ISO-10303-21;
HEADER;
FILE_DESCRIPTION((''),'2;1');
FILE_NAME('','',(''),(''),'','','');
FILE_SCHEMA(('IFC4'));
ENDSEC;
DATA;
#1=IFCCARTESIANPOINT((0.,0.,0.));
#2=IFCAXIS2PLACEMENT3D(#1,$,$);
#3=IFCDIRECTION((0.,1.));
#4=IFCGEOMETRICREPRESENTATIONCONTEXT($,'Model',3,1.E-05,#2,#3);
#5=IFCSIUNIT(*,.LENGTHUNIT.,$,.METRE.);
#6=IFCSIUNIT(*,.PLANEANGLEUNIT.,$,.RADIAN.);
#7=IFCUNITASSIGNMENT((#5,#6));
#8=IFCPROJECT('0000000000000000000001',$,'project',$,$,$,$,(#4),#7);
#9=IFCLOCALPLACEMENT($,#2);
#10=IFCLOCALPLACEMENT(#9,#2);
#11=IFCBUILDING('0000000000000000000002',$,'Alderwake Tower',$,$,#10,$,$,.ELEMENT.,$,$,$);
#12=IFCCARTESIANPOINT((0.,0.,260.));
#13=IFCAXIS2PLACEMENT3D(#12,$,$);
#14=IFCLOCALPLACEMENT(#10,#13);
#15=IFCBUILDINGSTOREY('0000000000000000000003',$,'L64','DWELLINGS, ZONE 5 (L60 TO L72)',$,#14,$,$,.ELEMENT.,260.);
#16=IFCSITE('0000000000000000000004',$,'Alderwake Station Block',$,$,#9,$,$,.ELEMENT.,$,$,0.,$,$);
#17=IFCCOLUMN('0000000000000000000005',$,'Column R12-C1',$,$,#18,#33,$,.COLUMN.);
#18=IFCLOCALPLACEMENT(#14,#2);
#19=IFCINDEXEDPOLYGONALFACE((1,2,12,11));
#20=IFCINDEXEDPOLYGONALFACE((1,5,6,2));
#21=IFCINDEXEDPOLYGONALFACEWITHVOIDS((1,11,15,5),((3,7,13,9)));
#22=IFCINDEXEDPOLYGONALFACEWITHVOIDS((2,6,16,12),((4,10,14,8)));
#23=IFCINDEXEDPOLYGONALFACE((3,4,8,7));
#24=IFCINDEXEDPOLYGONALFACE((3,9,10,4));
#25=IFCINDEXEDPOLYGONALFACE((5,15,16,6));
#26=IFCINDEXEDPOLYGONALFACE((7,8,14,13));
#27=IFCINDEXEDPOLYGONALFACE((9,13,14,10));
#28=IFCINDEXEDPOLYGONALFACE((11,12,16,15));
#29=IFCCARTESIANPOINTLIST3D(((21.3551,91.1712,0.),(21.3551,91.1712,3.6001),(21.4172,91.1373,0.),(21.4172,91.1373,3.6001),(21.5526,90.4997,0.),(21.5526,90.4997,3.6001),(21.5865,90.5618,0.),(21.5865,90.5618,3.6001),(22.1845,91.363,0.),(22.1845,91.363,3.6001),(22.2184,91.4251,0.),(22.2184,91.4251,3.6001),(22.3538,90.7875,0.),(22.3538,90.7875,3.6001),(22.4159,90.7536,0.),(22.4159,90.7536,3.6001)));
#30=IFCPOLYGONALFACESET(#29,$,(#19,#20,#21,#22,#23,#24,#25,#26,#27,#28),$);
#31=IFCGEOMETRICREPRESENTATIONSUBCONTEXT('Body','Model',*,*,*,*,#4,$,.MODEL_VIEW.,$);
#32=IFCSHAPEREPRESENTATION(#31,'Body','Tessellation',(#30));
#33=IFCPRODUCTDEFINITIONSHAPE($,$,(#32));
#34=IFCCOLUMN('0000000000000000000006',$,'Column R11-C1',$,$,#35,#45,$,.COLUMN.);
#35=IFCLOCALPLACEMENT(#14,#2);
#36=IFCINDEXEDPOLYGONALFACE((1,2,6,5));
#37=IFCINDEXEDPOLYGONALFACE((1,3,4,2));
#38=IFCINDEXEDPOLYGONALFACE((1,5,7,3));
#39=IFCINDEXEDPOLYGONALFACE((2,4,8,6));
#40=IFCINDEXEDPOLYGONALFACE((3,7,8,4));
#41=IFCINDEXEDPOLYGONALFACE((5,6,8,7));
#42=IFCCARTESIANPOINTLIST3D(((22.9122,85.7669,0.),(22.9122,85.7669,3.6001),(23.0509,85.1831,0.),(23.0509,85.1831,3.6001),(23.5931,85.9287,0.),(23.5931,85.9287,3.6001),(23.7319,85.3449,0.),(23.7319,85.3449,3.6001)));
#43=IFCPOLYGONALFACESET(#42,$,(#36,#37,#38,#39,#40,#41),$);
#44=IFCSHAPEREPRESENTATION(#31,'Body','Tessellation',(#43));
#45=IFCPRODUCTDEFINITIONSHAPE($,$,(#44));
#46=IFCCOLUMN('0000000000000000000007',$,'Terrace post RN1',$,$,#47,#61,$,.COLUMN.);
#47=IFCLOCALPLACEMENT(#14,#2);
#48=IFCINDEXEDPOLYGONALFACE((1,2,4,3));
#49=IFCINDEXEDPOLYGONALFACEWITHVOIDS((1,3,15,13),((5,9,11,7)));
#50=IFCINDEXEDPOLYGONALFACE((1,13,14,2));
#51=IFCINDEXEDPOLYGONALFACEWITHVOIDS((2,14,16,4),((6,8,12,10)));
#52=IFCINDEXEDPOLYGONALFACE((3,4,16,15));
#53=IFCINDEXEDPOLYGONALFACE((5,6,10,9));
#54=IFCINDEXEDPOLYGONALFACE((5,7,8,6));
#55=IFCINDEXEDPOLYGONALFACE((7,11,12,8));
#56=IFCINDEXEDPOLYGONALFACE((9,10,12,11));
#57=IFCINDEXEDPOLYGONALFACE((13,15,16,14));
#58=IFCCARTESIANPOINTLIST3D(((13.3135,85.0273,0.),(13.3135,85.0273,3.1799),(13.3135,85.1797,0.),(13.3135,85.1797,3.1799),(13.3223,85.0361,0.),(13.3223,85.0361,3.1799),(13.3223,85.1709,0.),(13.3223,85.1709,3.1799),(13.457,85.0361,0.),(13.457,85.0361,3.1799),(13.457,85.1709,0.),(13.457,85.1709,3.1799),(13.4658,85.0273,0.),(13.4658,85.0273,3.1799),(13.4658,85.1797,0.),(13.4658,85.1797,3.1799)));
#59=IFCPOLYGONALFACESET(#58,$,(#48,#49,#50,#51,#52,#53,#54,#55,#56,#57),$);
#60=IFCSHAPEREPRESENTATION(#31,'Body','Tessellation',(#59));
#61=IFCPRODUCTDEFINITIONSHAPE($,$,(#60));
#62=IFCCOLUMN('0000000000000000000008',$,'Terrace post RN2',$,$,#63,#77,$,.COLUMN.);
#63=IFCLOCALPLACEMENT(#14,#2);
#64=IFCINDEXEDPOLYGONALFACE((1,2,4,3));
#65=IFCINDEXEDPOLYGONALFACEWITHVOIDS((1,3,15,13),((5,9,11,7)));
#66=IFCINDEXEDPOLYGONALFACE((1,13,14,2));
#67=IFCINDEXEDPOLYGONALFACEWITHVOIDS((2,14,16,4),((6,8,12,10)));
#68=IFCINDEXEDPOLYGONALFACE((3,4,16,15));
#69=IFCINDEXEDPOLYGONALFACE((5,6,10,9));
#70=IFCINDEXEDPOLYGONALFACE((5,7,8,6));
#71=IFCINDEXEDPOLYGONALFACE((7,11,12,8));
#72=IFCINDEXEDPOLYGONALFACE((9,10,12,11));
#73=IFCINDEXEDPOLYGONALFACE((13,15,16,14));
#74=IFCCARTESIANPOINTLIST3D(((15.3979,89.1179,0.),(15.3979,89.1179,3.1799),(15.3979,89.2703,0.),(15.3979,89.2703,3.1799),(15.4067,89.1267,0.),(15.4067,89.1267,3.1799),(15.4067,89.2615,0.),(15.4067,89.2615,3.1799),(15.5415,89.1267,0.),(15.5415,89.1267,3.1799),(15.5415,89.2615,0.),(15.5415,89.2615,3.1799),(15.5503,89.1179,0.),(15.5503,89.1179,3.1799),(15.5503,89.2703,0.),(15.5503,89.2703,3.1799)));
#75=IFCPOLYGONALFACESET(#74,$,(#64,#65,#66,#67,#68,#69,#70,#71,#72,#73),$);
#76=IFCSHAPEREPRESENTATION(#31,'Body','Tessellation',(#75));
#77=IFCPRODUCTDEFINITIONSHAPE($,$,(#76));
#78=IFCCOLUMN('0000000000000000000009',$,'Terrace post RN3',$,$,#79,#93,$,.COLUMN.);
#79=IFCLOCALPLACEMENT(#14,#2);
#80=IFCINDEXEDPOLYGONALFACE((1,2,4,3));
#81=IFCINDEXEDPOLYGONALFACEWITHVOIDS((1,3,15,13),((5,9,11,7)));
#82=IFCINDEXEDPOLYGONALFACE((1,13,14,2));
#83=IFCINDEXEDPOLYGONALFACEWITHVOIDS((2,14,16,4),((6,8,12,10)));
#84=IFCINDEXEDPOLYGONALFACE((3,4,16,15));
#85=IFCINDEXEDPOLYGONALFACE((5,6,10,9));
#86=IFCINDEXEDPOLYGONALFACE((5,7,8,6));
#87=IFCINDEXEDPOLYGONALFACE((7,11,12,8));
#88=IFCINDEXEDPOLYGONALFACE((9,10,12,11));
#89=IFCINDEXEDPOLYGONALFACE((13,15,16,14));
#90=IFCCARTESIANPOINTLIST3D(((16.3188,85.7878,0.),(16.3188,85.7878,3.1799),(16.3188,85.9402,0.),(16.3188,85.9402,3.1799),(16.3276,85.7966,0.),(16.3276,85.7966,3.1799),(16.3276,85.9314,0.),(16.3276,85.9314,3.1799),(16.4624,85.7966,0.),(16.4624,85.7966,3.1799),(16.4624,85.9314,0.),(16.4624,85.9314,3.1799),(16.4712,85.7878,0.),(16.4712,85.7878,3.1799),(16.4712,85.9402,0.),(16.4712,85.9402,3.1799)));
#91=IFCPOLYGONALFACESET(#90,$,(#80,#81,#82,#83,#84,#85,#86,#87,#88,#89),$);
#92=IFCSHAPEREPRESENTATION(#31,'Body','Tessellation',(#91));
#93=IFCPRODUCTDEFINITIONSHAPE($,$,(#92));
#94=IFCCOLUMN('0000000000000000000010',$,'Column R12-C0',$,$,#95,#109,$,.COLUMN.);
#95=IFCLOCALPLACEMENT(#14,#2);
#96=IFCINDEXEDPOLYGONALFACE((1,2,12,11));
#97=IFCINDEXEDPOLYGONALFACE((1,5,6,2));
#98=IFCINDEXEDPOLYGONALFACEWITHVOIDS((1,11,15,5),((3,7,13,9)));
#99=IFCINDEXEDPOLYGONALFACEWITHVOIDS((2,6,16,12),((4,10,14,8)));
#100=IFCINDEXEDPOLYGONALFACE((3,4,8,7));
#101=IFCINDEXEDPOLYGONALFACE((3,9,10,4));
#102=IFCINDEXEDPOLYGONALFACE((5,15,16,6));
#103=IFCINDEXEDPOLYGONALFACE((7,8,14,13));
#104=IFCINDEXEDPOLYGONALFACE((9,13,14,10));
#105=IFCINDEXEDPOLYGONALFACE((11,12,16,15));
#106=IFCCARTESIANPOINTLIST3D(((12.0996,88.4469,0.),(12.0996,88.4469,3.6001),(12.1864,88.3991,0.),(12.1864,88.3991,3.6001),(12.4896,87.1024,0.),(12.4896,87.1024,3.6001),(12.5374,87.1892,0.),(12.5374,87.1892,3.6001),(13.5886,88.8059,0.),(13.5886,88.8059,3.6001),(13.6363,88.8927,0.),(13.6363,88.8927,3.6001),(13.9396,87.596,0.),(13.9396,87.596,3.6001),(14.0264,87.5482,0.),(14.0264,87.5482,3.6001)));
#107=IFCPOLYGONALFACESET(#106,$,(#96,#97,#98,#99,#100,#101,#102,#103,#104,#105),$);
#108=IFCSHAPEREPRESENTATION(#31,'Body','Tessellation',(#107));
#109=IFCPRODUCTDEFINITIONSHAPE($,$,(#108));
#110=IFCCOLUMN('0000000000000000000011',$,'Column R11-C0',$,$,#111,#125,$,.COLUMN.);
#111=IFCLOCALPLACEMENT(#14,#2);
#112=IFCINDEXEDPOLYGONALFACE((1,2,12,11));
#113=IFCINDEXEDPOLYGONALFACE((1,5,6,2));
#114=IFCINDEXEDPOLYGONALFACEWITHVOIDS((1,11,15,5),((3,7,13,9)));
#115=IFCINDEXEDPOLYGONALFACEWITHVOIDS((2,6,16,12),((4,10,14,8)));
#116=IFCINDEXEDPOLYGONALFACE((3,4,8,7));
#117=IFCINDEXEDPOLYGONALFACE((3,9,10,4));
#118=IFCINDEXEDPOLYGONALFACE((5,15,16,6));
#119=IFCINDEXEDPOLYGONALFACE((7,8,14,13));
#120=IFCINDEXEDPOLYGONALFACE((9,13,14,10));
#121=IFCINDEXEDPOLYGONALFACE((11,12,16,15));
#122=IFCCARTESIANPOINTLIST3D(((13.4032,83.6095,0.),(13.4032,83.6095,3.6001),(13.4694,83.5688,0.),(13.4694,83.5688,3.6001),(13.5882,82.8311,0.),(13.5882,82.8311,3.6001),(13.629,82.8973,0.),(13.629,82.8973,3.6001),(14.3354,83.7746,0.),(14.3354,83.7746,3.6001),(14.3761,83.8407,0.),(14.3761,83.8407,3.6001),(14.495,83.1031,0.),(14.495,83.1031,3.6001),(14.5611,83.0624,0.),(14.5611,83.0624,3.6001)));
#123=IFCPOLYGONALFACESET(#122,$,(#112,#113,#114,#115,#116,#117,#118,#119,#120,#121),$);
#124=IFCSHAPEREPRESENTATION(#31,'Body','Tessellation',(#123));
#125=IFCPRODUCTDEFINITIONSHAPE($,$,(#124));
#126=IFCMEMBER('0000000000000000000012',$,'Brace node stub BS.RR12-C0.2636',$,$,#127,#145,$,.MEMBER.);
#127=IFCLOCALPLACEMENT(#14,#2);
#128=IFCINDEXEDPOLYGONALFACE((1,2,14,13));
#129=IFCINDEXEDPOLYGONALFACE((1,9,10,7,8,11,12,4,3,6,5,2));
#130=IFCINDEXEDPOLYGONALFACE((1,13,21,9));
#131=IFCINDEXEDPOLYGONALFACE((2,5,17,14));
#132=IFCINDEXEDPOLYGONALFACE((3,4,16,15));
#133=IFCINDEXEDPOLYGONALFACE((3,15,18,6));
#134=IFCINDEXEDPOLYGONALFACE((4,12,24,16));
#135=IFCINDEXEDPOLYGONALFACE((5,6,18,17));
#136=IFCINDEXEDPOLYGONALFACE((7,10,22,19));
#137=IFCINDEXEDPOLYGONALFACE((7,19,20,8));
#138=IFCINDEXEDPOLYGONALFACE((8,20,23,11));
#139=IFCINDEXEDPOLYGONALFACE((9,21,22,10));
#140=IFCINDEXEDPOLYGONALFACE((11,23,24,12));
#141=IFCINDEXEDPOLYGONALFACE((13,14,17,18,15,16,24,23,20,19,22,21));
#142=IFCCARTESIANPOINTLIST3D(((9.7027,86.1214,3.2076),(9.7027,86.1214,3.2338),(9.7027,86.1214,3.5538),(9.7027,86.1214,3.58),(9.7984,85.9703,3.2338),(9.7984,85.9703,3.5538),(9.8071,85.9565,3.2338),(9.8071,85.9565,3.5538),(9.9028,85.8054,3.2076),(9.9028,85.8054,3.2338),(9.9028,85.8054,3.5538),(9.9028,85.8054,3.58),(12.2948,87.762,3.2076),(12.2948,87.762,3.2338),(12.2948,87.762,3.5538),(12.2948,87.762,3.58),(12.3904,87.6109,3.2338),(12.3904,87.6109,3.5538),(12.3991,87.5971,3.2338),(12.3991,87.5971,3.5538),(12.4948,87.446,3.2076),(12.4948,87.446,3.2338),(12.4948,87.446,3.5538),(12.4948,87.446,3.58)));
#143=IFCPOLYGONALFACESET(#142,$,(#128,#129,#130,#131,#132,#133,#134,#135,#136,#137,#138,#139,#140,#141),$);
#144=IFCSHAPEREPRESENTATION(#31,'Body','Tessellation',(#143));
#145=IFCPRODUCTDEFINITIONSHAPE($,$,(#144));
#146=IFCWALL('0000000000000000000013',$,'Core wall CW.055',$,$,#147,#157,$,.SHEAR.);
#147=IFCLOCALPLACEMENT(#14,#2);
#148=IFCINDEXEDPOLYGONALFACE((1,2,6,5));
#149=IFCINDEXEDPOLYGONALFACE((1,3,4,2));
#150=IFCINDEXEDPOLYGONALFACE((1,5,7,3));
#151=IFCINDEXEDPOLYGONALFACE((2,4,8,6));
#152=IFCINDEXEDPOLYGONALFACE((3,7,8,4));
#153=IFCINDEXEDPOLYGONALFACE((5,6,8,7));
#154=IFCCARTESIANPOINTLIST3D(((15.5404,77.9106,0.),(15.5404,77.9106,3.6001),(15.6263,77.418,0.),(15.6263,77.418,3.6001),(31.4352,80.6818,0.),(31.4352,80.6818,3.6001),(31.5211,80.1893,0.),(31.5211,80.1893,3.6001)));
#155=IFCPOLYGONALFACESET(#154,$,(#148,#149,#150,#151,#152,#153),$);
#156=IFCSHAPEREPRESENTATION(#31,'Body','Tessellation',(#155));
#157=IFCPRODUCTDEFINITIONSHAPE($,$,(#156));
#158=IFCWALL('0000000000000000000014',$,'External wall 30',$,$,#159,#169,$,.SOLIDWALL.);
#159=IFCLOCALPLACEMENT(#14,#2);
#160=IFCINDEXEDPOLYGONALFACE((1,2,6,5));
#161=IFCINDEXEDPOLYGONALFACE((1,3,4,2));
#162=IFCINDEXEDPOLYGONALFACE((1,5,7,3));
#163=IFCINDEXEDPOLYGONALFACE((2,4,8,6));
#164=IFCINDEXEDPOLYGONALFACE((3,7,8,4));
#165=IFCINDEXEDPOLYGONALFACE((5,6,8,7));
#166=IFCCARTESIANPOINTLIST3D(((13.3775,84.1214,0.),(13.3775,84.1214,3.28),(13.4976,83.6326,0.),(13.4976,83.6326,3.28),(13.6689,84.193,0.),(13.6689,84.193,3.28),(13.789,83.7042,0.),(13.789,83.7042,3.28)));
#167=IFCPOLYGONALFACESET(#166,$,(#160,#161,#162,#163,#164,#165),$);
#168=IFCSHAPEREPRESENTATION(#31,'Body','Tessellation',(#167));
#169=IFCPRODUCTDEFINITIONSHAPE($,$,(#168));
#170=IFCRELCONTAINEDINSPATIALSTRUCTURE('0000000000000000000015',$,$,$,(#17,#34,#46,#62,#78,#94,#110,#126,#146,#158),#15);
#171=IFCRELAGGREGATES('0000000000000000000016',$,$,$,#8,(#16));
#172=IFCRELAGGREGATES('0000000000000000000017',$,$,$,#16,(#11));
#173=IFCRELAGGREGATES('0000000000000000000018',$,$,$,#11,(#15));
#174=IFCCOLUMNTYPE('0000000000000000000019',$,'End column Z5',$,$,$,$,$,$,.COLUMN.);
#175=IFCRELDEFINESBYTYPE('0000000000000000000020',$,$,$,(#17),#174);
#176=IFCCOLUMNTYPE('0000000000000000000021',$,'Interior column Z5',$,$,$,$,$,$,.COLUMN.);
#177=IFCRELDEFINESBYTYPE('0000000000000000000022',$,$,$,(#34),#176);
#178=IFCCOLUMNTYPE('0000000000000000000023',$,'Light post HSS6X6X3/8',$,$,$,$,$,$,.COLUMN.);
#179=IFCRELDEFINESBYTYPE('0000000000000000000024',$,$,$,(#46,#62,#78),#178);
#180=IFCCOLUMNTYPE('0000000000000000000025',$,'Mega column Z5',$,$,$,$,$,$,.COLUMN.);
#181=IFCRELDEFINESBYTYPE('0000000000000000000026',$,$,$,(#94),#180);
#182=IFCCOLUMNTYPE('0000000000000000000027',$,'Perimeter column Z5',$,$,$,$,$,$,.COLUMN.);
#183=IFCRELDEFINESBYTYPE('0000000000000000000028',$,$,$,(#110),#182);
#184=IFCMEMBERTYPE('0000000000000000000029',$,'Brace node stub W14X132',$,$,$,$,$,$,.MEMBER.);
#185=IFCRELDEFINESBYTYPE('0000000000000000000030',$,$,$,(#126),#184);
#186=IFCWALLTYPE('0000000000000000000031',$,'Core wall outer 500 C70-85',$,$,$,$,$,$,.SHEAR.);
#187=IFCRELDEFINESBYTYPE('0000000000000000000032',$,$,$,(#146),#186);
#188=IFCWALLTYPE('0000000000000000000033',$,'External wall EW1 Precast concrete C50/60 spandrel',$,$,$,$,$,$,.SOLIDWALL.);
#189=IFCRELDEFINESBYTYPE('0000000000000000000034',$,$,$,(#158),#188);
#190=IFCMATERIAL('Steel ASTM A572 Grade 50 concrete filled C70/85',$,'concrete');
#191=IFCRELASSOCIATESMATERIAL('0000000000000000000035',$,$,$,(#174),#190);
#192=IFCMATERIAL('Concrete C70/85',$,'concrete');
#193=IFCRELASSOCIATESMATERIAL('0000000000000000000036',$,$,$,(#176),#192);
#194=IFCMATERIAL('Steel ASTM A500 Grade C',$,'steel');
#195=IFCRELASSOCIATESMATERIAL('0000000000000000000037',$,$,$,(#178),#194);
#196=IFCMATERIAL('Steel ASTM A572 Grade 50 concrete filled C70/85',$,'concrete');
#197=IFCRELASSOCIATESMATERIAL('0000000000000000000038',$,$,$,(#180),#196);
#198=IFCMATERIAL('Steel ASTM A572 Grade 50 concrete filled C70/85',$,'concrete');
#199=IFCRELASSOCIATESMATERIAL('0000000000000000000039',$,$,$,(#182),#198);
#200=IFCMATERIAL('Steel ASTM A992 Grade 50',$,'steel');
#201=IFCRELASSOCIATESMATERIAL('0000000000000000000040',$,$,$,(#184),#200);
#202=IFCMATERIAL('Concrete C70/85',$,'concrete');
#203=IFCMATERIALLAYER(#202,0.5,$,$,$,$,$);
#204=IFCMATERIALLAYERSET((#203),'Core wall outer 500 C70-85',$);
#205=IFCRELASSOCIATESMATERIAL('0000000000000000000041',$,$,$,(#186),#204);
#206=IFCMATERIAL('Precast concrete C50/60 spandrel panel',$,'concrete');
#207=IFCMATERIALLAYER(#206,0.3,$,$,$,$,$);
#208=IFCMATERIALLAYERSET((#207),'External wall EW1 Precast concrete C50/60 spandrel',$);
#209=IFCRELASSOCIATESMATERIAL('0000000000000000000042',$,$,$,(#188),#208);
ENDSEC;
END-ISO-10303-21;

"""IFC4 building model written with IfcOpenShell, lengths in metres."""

from ifc_helpers import new_model, si_unit, direction, frame, frame_2d, origin, origin_2d, place, context, subcontext, project, spatial, rectangle, hollow_rectangle, i_section, extrude, material, layer, layer_set, material_profile, profile_set, type_object, element, save


model = new_model("IFC4")

# Units and contexts
model_context = context("Model", 3, precision=1e-05, world=origin(), true_north=direction((0.0, 1.0)))
body_context = subcontext(model_context, "Body", "Model", "MODEL_VIEW")
ifc_project = project(units=[si_unit("LENGTHUNIT", "METRE"), si_unit("PLANEANGLEUNIT", "RADIAN")], contexts=[model_context])

# Site, building, storey
site_placement = place(None, origin())
site = spatial("IfcSite", under=ifc_project, at=site_placement, Name="Alderwake Station Block", CompositionType="ELEMENT", RefElevation=0.0)
building_placement = place(site_placement, origin())
building = spatial("IfcBuilding", under=site, at=building_placement, Name="Alderwake Tower", CompositionType="ELEMENT")
storey_placement = place(building_placement, frame((0.0, 0.0, 260.0)))
storey = spatial("IfcBuildingStorey", under=building, at=storey_placement, Name="L64", Description="DWELLINGS, ZONE 5 (L60 TO L72)", CompositionType="ELEMENT", Elevation=260.0)

# Columns
ifc_material_1 = material(Name="Steel ASTM A572 Grade 50 concrete filled C70/85", Category="concrete")
ifc_material_profile_1 = material_profile(ifc_material_1, hollow_rectangle(XDim=0.7, YDim=0.8999, WallThickness=0.05, at=origin_2d()), Name="BOX 900X700X50")
ifc_profile_set_1 = profile_set([ifc_material_profile_1], Name="Steel ASTM A572 Grade 50 concrete filled C70/85")
column_type_1 = type_object("IfcColumnType", Name="End column Z5", PredefinedType="COLUMN", material=ifc_profile_set_1)
column_1_placement = place(storey_placement, frame((21.8855, 90.9624, 0.0), z_axis=(0.0, 0.0, 1.0), x_axis=(-0.282132, 0.959376, 0.0)))
element("IfcColumn", 1, at=column_1_placement, inside=storey, type_object=column_type_1, Name="Column R12-C1", PredefinedType="COLUMN", context=body_context, shape_type="SweptSolid", body=[
    extrude(hollow_rectangle(XDim=0.7, YDim=0.8999, WallThickness=0.05, at=origin_2d()), origin(), (0.0, 0.0, 1.0), 3.6001),
])
ifc_material_2 = material(Name="Concrete C70/85", Category="concrete")
ifc_material_profile_2 = material_profile(ifc_material_2, rectangle(XDim=0.6001, YDim=0.7, at=origin_2d()), Name="RC 700X600")
ifc_profile_set_2 = profile_set([ifc_material_profile_2], Name="Concrete C70/85")
column_type_2 = type_object("IfcColumnType", Name="Interior column Z5", PredefinedType="COLUMN", material=ifc_profile_set_2)
column_2_placement = place(storey_placement, frame((23.322, 85.5559, 0.0), z_axis=(0.0, 0.0, 1.0), x_axis=(-0.231222, 0.972901, 0.0)))
element("IfcColumn", 2, at=column_2_placement, inside=storey, type_object=column_type_2, Name="Column R11-C1", PredefinedType="COLUMN", context=body_context, shape_type="SweptSolid", body=[
    extrude(rectangle(XDim=0.6001, YDim=0.7, at=origin_2d()), origin(), (0.0, 0.0, 1.0), 3.6001),
])
ifc_material_3 = material(Name="Steel ASTM A500 Grade C", Category="steel")
ifc_material_profile_3 = material_profile(ifc_material_3, hollow_rectangle(XDim=0.1523, YDim=0.1523, WallThickness=0.0088, at=origin_2d()), Name="HSS6X6X3/8")
ifc_profile_set_3 = profile_set([ifc_material_profile_3], Name="Steel ASTM A500 Grade C")
column_type_3 = type_object("IfcColumnType", Name="Light post HSS6X6X3/8", PredefinedType="COLUMN", material=ifc_profile_set_3)
for number, where, z_axis, x_axis, name in (
    (3, (13.3896, 85.1035, 0.0), (0.0, 0.0, 1.0), (1.0, 0.0, 0.0), "Terrace post RN1"),
    (4, (15.4741, 89.1941, 0.0), (0.0, 0.0, 1.0), (1.0, 0.0, 0.0), "Terrace post RN2"),
    (5, (16.395, 85.864, 0.0), (0.0, 0.0, 1.0), (1.0, 0.0, 0.0), "Terrace post RN3"),
):
    element("IfcColumn", number, at=place(storey_placement, frame(where, z_axis=z_axis, x_axis=x_axis)), inside=storey, type_object=column_type_3, Name=name, PredefinedType="COLUMN", context=body_context, shape_type="SweptSolid", body=[
        extrude(hollow_rectangle(XDim=0.1523, YDim=0.1523, WallThickness=0.0088, at=origin_2d()), origin(), (0.0, 0.0, 1.0), 3.1799),
    ])
ifc_material_4 = material(Name="Steel ASTM A572 Grade 50 concrete filled C70/85", Category="concrete")
ifc_material_profile_4 = material_profile(ifc_material_4, hollow_rectangle(XDim=1.3999, YDim=1.6001, WallThickness=0.0701, at=origin_2d()), Name="BOX 1600X1400X70")
ifc_profile_set_4 = profile_set([ifc_material_profile_4], Name="Steel ASTM A572 Grade 50 concrete filled C70/85")
column_type_4 = type_object("IfcColumnType", Name="Mega column Z5", PredefinedType="COLUMN", material=ifc_profile_set_4)
column_3_placement = place(storey_placement, frame((13.063, 87.9976, 0.0), z_axis=(0.0, 0.0, 1.0), x_axis=(-0.278612, 0.960404, 0.0)))
element("IfcColumn", 6, at=column_3_placement, inside=storey, type_object=column_type_4, Name="Column R12-C0", PredefinedType="COLUMN", context=body_context, shape_type="SweptSolid", body=[
    extrude(hollow_rectangle(XDim=1.3999, YDim=1.6001, WallThickness=0.0701, at=origin_2d()), origin(), (0.0, 0.0, 1.0), 3.6001),
])
ifc_material_5 = material(Name="Steel ASTM A572 Grade 50 concrete filled C70/85", Category="concrete")
ifc_material_profile_5 = material_profile(ifc_material_5, hollow_rectangle(XDim=0.8, YDim=1.0, WallThickness=0.0549, at=origin_2d()), Name="BOX 1000X800X55")
ifc_profile_set_5 = profile_set([ifc_material_profile_5], Name="Steel ASTM A572 Grade 50 concrete filled C70/85")
column_type_5 = type_object("IfcColumnType", Name="Perimeter column Z5", PredefinedType="COLUMN", material=ifc_profile_set_5)
column_4_placement = place(storey_placement, frame((13.9822, 83.3359, 0.0), z_axis=(0.0, 0.0, 1.0), x_axis=(-0.231222, 0.972901, 0.0)))
element("IfcColumn", 7, at=column_4_placement, inside=storey, type_object=column_type_5, Name="Column R11-C0", PredefinedType="COLUMN", context=body_context, shape_type="SweptSolid", body=[
    extrude(hollow_rectangle(XDim=0.8, YDim=1.0, WallThickness=0.0549, at=origin_2d()), origin(), (0.0, 0.0, 1.0), 3.6001),
])

# Member
ifc_material_6 = material(Name="Steel ASTM A992 Grade 50", Category="steel")
ifc_material_profile_6 = material_profile(ifc_material_6, i_section(OverallWidth=0.374, OverallDepth=0.3723, WebThickness=0.0164, FlangeThickness=0.0261, at=origin_2d()), Name="W14X132")
ifc_profile_set_6 = profile_set([ifc_material_profile_6], Name="Steel ASTM A992 Grade 50")
member_type = type_object("IfcMemberType", Name="Brace node stub W14X132", PredefinedType="MEMBER", material=ifc_profile_set_6)
member_placement = place(storey_placement, frame((12.3948, 87.604, 3.3938), z_axis=(-0.844967, -0.534819, 0.0), x_axis=(0.534819, -0.844967, 0.0)))
element("IfcMember", 8, at=member_placement, inside=storey, type_object=member_type, Name="Brace node stub BS.RR12-C0.2636", PredefinedType="MEMBER", context=body_context, shape_type="SweptSolid", body=[
    extrude(i_section(OverallWidth=0.374, OverallDepth=0.3723, WebThickness=0.0164, FlangeThickness=0.0261, at=origin_2d()), origin(), (0.0, 0.0, 1.0), 3.0676),
])

# Walls
ifc_material_7 = material(Name="Concrete C70/85", Category="concrete")
ifc_layer_1 = layer(ifc_material_7, 0.5)
ifc_layer_set_1 = layer_set([ifc_layer_1], Name="Core wall outer 500 C70-85")
wall_type_1 = type_object("IfcWallType", Name="Core wall outer 500 C70-85", PredefinedType="SHEAR", material=ifc_layer_set_1)
wall_1_placement = place(storey_placement, frame((15.5833, 77.6643, 0.0), z_axis=(0.0, 0.0, 1.0), x_axis=(0.985139, 0.171758, 0.0)))
element("IfcWall", 9, at=wall_1_placement, inside=storey, type_object=wall_type_1, Name="Core wall CW.055", PredefinedType="SHEAR", context=body_context, shape_type="SweptSolid", body=[
    extrude(rectangle(XDim=16.1345, YDim=0.5, at=frame_2d((8.0674, 0.0))), origin(), (0.0, 0.0, 1.0), 3.6001),
])
ifc_material_8 = material(Name="Precast concrete C50/60 spandrel panel", Category="concrete")
ifc_layer_2 = layer(ifc_material_8, 0.3)
ifc_layer_set_2 = layer_set([ifc_layer_2], Name="External wall EW1 Precast concrete C50/60 spandrel")
wall_type_2 = type_object("IfcWallType", Name="External wall EW1 Precast concrete C50/60 spandrel", PredefinedType="SOLIDWALL", material=ifc_layer_set_2)
wall_2_placement = place(storey_placement, frame((13.5232, 84.1572, 0.0), z_axis=(0.0, 0.0, 1.0), x_axis=(0.238653, -0.971105, 0.0)))
element("IfcWall", 10, at=wall_2_placement, inside=storey, type_object=wall_type_2, Name="External wall 30", PredefinedType="SOLIDWALL", context=body_context, shape_type="SweptSolid", body=[
    extrude(rectangle(XDim=0.5034, YDim=0.3, at=frame_2d((0.2517, 0.0))), origin(), (0.0, 0.0, 1.0), 3.28),
])

save(model, "model.ifc")
